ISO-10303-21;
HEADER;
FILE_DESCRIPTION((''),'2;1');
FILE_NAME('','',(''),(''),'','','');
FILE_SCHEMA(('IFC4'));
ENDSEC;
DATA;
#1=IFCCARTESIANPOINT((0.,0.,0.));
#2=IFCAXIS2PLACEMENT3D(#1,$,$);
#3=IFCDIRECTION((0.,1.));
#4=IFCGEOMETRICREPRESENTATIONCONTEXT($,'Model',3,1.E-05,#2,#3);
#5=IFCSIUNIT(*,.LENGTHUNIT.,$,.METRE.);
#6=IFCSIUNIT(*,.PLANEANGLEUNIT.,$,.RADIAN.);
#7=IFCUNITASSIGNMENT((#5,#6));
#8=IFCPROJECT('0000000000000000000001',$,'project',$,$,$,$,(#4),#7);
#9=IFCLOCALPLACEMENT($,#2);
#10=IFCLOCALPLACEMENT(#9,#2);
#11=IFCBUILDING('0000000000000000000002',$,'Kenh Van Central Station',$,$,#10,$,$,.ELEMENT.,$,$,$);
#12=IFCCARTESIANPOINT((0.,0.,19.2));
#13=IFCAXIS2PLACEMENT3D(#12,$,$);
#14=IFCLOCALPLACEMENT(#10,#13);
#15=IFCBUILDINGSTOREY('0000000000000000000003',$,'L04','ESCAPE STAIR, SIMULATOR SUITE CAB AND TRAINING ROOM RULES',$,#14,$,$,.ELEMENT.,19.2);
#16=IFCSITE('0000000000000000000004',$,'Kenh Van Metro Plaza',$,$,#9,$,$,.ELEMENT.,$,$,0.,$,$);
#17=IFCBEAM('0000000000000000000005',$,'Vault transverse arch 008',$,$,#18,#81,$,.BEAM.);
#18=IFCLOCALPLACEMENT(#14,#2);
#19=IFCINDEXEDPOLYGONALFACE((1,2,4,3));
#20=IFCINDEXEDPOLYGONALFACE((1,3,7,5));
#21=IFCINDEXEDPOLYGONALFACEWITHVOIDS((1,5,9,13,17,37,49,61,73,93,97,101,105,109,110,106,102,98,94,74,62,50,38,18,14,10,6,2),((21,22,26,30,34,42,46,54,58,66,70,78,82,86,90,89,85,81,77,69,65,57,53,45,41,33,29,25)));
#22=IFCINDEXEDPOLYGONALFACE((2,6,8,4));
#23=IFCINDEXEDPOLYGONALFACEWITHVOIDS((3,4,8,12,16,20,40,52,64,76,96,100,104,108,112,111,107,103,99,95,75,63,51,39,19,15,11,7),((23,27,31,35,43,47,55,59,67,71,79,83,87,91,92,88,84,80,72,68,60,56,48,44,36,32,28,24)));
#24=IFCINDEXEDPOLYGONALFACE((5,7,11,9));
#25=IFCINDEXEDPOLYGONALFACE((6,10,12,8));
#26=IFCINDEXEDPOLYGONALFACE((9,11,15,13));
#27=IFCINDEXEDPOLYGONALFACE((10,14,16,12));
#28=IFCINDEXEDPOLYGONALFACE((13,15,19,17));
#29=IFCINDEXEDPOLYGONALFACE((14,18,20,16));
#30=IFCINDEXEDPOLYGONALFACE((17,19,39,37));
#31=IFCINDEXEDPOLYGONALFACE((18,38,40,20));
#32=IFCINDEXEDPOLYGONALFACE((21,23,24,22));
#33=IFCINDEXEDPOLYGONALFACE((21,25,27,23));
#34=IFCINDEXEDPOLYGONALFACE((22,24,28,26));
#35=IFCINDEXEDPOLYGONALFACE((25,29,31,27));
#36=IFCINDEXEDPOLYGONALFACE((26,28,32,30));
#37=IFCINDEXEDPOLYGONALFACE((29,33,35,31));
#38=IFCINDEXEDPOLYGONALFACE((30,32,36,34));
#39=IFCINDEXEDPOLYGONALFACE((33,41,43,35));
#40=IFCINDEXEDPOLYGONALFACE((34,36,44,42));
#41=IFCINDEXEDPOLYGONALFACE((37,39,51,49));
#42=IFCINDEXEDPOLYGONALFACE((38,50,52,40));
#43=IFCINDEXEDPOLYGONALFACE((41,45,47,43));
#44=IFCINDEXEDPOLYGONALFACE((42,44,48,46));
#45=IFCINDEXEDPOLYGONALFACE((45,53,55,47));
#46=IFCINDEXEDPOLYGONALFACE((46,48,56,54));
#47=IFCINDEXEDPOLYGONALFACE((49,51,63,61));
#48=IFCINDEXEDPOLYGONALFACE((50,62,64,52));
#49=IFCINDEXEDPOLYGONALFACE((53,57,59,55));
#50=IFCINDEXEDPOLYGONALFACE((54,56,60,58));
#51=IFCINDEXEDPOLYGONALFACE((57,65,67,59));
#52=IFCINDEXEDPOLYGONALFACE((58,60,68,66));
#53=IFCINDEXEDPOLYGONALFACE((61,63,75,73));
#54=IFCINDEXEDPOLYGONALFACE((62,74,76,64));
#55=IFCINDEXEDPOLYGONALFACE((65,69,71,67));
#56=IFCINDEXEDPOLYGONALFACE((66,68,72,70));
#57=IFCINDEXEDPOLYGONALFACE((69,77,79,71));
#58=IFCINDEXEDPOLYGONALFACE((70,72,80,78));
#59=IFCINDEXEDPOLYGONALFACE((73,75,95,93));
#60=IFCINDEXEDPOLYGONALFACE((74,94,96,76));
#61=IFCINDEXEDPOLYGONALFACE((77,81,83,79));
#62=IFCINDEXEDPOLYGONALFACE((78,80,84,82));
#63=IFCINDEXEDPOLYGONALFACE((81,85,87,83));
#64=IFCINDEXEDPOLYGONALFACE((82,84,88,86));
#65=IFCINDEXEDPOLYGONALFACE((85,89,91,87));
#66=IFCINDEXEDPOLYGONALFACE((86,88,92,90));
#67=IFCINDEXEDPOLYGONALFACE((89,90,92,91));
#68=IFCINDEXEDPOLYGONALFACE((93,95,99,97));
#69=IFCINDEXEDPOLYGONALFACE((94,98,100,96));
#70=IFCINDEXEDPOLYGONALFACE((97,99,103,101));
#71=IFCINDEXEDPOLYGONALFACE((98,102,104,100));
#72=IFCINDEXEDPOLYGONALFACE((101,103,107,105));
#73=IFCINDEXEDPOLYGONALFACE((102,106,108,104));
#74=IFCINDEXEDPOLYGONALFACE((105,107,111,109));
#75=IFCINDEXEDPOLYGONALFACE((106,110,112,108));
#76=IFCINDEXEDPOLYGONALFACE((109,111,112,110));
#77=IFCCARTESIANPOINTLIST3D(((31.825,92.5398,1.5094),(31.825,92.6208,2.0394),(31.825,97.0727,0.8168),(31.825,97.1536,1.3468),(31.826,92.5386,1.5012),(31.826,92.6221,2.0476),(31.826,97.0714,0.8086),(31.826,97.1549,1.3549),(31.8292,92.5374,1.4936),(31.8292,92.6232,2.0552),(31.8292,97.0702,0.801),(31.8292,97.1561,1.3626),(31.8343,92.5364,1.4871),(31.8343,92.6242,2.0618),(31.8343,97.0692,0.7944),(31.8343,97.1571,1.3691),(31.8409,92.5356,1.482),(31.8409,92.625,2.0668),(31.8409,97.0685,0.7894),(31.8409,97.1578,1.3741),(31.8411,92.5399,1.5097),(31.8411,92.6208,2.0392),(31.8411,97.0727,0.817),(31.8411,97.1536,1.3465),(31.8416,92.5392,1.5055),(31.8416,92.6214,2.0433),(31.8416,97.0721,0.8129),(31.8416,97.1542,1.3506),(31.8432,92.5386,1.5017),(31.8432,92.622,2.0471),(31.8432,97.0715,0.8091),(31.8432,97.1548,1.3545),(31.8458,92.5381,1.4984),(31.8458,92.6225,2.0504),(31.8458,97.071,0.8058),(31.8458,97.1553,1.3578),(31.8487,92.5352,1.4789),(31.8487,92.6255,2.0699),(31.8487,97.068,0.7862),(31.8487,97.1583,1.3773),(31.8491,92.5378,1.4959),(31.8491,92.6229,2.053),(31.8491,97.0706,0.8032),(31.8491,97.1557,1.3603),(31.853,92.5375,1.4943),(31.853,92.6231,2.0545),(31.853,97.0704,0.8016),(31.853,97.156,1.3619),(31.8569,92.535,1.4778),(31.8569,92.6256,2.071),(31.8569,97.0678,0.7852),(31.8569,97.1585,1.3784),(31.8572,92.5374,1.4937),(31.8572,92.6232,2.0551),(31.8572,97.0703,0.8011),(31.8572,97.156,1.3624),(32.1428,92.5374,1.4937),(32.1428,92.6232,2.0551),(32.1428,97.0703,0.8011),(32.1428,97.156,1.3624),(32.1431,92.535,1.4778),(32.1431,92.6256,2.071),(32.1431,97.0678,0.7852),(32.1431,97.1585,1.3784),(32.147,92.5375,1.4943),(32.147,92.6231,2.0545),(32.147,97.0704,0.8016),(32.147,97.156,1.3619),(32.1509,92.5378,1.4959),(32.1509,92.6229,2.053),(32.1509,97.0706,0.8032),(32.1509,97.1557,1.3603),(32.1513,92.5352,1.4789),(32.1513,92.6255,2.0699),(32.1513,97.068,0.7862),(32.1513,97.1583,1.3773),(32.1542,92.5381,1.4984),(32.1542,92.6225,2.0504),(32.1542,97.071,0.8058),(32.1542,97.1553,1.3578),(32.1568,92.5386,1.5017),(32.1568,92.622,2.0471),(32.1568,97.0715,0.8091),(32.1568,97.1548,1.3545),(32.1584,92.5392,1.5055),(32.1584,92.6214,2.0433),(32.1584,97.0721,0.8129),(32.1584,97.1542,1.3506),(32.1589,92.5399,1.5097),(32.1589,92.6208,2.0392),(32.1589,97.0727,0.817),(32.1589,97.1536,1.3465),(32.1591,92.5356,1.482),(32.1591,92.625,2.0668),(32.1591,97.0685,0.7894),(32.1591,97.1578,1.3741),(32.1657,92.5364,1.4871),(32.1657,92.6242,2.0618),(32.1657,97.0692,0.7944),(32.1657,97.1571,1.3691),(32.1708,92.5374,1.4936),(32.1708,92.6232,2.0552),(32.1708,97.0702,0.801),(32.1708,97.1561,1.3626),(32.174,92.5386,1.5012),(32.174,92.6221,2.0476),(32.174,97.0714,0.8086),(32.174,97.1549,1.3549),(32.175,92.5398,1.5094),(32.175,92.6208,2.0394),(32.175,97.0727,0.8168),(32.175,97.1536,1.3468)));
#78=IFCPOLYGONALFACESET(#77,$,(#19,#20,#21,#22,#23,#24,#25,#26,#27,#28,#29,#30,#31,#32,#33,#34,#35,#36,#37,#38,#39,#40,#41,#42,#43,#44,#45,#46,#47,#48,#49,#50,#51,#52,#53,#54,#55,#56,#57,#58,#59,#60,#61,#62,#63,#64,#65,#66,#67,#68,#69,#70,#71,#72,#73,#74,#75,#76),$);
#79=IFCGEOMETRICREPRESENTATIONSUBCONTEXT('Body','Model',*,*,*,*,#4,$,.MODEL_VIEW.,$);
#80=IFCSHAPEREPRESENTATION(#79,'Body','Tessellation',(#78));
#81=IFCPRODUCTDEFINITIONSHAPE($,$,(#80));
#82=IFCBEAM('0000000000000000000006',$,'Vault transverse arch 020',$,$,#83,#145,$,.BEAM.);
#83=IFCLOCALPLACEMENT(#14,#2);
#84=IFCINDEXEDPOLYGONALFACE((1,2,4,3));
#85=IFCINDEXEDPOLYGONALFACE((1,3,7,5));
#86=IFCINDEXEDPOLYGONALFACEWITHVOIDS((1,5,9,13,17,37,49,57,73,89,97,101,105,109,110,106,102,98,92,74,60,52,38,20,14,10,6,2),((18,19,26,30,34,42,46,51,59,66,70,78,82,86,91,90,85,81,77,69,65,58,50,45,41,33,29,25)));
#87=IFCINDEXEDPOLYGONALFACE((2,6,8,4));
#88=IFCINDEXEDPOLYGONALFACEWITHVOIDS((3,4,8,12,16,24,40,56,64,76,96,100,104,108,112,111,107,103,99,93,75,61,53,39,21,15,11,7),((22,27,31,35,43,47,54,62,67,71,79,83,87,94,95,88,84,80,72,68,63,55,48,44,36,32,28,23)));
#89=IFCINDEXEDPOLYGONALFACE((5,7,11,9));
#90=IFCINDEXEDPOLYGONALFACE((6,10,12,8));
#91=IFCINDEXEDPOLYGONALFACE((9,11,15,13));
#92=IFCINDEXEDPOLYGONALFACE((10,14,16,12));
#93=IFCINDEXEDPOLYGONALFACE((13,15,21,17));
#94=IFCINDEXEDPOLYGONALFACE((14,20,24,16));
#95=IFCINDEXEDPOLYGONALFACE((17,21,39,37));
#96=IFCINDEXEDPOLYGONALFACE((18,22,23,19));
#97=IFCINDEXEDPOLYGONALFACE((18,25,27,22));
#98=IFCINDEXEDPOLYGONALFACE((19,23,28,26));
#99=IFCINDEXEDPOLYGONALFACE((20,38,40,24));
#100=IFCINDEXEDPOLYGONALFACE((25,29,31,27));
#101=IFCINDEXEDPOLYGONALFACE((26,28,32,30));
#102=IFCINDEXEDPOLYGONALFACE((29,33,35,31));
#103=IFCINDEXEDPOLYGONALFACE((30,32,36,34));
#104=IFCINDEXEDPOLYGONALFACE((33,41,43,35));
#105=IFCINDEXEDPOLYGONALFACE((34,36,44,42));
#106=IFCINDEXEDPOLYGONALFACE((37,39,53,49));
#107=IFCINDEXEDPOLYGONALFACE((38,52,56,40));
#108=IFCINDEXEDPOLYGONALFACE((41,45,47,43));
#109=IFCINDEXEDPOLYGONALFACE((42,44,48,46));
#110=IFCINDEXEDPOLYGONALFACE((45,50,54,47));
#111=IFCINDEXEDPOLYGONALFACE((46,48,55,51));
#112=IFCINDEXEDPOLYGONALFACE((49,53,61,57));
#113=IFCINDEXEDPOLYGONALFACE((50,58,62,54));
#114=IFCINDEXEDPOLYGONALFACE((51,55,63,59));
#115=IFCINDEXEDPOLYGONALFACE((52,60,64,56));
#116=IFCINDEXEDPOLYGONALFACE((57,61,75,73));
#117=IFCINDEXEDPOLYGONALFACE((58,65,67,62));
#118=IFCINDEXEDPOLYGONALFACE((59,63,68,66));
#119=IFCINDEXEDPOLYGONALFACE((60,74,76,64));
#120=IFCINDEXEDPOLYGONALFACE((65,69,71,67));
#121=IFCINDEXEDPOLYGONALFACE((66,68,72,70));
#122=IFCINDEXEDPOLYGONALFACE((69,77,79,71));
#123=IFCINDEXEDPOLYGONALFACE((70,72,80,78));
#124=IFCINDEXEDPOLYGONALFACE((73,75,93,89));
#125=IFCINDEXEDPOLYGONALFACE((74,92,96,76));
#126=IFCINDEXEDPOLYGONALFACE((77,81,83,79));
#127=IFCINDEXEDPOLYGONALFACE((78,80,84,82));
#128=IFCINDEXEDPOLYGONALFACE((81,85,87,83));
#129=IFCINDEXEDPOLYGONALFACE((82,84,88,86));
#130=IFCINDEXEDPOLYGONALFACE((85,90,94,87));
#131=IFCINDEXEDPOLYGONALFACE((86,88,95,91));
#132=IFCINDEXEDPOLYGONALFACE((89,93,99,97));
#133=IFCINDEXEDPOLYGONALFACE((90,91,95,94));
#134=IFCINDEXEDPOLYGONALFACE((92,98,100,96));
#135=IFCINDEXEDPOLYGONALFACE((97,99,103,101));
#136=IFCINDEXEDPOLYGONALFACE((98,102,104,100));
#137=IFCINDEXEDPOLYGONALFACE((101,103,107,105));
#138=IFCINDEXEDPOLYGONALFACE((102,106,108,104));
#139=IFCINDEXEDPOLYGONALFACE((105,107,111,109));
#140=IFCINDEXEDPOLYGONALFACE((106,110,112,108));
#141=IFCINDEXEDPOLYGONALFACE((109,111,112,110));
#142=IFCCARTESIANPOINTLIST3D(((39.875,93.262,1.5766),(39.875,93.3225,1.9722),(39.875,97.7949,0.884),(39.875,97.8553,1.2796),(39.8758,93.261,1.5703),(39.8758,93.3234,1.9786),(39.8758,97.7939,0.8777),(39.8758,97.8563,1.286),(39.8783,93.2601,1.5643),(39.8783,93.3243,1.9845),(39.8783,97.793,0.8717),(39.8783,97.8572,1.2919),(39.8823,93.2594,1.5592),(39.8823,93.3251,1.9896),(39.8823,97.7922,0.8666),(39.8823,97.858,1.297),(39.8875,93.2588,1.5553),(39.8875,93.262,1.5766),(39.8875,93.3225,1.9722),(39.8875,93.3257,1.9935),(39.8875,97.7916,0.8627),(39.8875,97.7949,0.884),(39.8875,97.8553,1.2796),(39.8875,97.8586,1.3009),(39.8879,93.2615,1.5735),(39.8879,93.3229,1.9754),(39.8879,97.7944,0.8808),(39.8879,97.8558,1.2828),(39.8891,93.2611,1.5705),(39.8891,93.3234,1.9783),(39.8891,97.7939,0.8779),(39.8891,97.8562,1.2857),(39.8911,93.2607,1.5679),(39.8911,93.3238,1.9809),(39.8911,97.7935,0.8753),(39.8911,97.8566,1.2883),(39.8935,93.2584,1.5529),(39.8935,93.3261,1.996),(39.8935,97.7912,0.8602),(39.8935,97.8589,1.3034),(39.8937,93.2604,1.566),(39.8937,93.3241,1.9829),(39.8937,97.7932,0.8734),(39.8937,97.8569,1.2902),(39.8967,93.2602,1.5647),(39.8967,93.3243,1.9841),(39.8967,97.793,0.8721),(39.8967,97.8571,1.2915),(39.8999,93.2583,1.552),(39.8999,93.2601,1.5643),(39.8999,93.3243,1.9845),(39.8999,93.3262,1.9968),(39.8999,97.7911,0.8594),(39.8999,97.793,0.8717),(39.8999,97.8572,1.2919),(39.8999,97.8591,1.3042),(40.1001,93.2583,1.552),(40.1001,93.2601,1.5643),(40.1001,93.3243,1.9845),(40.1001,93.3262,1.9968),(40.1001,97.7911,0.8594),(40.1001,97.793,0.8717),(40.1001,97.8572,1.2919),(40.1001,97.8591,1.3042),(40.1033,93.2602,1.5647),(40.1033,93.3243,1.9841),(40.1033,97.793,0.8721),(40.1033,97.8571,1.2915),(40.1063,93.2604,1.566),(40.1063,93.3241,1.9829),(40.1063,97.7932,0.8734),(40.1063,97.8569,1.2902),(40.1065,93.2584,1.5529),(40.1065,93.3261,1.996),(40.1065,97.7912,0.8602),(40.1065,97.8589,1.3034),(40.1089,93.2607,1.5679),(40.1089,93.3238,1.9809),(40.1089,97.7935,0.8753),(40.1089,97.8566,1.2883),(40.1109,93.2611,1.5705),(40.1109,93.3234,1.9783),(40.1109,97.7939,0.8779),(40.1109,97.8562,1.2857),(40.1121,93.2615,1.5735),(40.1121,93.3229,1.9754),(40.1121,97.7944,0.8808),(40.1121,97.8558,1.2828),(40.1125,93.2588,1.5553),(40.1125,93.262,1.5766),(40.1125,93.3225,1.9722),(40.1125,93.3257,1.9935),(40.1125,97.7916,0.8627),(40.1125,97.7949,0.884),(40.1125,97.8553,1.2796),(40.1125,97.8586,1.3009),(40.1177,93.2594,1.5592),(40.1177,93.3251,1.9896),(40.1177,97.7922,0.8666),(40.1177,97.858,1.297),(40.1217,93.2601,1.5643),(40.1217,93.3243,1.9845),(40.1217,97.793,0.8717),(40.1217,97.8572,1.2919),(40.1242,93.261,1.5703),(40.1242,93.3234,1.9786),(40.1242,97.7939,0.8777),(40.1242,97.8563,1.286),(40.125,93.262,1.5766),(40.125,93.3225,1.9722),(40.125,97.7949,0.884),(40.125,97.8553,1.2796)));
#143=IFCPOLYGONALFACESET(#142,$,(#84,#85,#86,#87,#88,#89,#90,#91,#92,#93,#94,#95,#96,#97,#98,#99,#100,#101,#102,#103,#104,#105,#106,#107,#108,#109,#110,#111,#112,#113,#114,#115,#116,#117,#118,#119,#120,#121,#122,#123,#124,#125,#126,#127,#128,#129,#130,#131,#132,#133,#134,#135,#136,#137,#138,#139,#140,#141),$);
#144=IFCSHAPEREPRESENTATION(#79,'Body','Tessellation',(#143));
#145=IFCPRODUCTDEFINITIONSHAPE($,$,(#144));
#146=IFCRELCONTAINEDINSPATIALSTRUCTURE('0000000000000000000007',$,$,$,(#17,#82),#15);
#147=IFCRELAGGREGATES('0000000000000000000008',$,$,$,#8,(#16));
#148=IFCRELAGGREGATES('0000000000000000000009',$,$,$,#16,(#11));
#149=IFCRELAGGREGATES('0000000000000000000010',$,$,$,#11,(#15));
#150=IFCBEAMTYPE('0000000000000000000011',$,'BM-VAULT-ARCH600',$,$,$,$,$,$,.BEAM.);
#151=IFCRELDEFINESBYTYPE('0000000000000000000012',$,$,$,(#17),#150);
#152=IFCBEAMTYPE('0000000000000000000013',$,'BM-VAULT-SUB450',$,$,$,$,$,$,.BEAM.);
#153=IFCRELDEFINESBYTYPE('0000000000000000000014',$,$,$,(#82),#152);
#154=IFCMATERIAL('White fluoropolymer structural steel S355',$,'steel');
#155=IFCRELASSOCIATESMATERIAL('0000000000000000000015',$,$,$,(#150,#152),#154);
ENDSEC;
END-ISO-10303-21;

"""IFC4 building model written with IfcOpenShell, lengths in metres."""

from ifc_helpers import new_model, si_unit, direction, frame, origin, origin_2d, place, context, subcontext, project, spatial, hollow_rectangle, extrude, material, material_profile, profile_set, type_object, element, save


model = new_model("IFC4")

# Units and contexts
model_context = context("Model", 3, precision=1e-05, world=origin(), true_north=direction((0.0, 1.0)))
body_context = subcontext(model_context, "Body", "Model", "MODEL_VIEW")
ifc_project = project(units=[si_unit("LENGTHUNIT", "METRE"), si_unit("PLANEANGLEUNIT", "RADIAN")], contexts=[model_context])

# Site, building, storey
site_placement = place(None, origin())
site = spatial("IfcSite", under=ifc_project, at=site_placement, Name="Kenh Van Metro Plaza", CompositionType="ELEMENT", RefElevation=0.0)
building_placement = place(site_placement, origin())
building = spatial("IfcBuilding", under=site, at=building_placement, Name="Kenh Van Central Station", CompositionType="ELEMENT")
storey_placement = place(building_placement, frame((0.0, 0.0, 19.2)))
storey = spatial("IfcBuildingStorey", under=building, at=storey_placement, Name="L04", Description="ESCAPE STAIR, SIMULATOR SUITE CAB AND TRAINING ROOM RULES", CompositionType="ELEMENT", Elevation=19.2)

# Beams
ifc_material_1 = material(Name="White fluoropolymer structural steel S355", Category="steel")
ifc_material_profile_1 = material_profile(ifc_material_1, hollow_rectangle(XDim=0.3501, YDim=0.6001, WallThickness=0.0161, InnerFilletRadius=0.0161, OuterFilletRadius=0.032, at=origin_2d()), Name="RHS 600x350x16")
ifc_profile_set_1 = profile_set([ifc_material_profile_1], Name="White fluoropolymer structural steel S355")
beam_type_1 = type_object("IfcBeamType", Name="BM-VAULT-ARCH600", PredefinedType="BEAM", material=ifc_profile_set_1)
beam_1_placement = place(storey_placement, frame((32.0, 92.5803, 1.7744), z_axis=(0.0, 0.988526, -0.151053), x_axis=(-1.0, 0.0, 0.0)))
element("IfcBeam", 1, at=beam_1_placement, inside=storey, type_object=beam_type_1, Name="Vault transverse arch 008", PredefinedType="BEAM", context=body_context, shape_type="SweptSolid", body=[
    extrude(hollow_rectangle(XDim=0.3501, YDim=0.6001, WallThickness=0.0161, InnerFilletRadius=0.0161, OuterFilletRadius=0.032, at=origin_2d()), origin(), (0.0, 0.0, 1.0), 4.5854),
])
ifc_material_profile_2 = material_profile(ifc_material_1, hollow_rectangle(XDim=0.25, YDim=0.45, WallThickness=0.0125, InnerFilletRadius=0.0125, OuterFilletRadius=0.0249, at=origin_2d()), Name="RHS 450x250x12.5")
ifc_profile_set_2 = profile_set([ifc_material_profile_2], Name="White fluoropolymer structural steel S355")
beam_type_2 = type_object("IfcBeamType", Name="BM-VAULT-SUB450", PredefinedType="BEAM", material=ifc_profile_set_2)
beam_2_placement = place(storey_placement, frame((40.0, 93.2922, 1.7744), z_axis=(0.0, 0.988527, -0.151045), x_axis=(-1.0, 0.0, 0.0)))
element("IfcBeam", 2, at=beam_2_placement, inside=storey, type_object=beam_type_2, Name="Vault transverse arch 020", PredefinedType="BEAM", context=body_context, shape_type="SweptSolid", body=[
    extrude(hollow_rectangle(XDim=0.25, YDim=0.45, WallThickness=0.0125, InnerFilletRadius=0.0125, OuterFilletRadius=0.0249, at=origin_2d()), origin(), (0.0, 0.0, 1.0), 4.5854),
])

save(model, "model.ifc")
